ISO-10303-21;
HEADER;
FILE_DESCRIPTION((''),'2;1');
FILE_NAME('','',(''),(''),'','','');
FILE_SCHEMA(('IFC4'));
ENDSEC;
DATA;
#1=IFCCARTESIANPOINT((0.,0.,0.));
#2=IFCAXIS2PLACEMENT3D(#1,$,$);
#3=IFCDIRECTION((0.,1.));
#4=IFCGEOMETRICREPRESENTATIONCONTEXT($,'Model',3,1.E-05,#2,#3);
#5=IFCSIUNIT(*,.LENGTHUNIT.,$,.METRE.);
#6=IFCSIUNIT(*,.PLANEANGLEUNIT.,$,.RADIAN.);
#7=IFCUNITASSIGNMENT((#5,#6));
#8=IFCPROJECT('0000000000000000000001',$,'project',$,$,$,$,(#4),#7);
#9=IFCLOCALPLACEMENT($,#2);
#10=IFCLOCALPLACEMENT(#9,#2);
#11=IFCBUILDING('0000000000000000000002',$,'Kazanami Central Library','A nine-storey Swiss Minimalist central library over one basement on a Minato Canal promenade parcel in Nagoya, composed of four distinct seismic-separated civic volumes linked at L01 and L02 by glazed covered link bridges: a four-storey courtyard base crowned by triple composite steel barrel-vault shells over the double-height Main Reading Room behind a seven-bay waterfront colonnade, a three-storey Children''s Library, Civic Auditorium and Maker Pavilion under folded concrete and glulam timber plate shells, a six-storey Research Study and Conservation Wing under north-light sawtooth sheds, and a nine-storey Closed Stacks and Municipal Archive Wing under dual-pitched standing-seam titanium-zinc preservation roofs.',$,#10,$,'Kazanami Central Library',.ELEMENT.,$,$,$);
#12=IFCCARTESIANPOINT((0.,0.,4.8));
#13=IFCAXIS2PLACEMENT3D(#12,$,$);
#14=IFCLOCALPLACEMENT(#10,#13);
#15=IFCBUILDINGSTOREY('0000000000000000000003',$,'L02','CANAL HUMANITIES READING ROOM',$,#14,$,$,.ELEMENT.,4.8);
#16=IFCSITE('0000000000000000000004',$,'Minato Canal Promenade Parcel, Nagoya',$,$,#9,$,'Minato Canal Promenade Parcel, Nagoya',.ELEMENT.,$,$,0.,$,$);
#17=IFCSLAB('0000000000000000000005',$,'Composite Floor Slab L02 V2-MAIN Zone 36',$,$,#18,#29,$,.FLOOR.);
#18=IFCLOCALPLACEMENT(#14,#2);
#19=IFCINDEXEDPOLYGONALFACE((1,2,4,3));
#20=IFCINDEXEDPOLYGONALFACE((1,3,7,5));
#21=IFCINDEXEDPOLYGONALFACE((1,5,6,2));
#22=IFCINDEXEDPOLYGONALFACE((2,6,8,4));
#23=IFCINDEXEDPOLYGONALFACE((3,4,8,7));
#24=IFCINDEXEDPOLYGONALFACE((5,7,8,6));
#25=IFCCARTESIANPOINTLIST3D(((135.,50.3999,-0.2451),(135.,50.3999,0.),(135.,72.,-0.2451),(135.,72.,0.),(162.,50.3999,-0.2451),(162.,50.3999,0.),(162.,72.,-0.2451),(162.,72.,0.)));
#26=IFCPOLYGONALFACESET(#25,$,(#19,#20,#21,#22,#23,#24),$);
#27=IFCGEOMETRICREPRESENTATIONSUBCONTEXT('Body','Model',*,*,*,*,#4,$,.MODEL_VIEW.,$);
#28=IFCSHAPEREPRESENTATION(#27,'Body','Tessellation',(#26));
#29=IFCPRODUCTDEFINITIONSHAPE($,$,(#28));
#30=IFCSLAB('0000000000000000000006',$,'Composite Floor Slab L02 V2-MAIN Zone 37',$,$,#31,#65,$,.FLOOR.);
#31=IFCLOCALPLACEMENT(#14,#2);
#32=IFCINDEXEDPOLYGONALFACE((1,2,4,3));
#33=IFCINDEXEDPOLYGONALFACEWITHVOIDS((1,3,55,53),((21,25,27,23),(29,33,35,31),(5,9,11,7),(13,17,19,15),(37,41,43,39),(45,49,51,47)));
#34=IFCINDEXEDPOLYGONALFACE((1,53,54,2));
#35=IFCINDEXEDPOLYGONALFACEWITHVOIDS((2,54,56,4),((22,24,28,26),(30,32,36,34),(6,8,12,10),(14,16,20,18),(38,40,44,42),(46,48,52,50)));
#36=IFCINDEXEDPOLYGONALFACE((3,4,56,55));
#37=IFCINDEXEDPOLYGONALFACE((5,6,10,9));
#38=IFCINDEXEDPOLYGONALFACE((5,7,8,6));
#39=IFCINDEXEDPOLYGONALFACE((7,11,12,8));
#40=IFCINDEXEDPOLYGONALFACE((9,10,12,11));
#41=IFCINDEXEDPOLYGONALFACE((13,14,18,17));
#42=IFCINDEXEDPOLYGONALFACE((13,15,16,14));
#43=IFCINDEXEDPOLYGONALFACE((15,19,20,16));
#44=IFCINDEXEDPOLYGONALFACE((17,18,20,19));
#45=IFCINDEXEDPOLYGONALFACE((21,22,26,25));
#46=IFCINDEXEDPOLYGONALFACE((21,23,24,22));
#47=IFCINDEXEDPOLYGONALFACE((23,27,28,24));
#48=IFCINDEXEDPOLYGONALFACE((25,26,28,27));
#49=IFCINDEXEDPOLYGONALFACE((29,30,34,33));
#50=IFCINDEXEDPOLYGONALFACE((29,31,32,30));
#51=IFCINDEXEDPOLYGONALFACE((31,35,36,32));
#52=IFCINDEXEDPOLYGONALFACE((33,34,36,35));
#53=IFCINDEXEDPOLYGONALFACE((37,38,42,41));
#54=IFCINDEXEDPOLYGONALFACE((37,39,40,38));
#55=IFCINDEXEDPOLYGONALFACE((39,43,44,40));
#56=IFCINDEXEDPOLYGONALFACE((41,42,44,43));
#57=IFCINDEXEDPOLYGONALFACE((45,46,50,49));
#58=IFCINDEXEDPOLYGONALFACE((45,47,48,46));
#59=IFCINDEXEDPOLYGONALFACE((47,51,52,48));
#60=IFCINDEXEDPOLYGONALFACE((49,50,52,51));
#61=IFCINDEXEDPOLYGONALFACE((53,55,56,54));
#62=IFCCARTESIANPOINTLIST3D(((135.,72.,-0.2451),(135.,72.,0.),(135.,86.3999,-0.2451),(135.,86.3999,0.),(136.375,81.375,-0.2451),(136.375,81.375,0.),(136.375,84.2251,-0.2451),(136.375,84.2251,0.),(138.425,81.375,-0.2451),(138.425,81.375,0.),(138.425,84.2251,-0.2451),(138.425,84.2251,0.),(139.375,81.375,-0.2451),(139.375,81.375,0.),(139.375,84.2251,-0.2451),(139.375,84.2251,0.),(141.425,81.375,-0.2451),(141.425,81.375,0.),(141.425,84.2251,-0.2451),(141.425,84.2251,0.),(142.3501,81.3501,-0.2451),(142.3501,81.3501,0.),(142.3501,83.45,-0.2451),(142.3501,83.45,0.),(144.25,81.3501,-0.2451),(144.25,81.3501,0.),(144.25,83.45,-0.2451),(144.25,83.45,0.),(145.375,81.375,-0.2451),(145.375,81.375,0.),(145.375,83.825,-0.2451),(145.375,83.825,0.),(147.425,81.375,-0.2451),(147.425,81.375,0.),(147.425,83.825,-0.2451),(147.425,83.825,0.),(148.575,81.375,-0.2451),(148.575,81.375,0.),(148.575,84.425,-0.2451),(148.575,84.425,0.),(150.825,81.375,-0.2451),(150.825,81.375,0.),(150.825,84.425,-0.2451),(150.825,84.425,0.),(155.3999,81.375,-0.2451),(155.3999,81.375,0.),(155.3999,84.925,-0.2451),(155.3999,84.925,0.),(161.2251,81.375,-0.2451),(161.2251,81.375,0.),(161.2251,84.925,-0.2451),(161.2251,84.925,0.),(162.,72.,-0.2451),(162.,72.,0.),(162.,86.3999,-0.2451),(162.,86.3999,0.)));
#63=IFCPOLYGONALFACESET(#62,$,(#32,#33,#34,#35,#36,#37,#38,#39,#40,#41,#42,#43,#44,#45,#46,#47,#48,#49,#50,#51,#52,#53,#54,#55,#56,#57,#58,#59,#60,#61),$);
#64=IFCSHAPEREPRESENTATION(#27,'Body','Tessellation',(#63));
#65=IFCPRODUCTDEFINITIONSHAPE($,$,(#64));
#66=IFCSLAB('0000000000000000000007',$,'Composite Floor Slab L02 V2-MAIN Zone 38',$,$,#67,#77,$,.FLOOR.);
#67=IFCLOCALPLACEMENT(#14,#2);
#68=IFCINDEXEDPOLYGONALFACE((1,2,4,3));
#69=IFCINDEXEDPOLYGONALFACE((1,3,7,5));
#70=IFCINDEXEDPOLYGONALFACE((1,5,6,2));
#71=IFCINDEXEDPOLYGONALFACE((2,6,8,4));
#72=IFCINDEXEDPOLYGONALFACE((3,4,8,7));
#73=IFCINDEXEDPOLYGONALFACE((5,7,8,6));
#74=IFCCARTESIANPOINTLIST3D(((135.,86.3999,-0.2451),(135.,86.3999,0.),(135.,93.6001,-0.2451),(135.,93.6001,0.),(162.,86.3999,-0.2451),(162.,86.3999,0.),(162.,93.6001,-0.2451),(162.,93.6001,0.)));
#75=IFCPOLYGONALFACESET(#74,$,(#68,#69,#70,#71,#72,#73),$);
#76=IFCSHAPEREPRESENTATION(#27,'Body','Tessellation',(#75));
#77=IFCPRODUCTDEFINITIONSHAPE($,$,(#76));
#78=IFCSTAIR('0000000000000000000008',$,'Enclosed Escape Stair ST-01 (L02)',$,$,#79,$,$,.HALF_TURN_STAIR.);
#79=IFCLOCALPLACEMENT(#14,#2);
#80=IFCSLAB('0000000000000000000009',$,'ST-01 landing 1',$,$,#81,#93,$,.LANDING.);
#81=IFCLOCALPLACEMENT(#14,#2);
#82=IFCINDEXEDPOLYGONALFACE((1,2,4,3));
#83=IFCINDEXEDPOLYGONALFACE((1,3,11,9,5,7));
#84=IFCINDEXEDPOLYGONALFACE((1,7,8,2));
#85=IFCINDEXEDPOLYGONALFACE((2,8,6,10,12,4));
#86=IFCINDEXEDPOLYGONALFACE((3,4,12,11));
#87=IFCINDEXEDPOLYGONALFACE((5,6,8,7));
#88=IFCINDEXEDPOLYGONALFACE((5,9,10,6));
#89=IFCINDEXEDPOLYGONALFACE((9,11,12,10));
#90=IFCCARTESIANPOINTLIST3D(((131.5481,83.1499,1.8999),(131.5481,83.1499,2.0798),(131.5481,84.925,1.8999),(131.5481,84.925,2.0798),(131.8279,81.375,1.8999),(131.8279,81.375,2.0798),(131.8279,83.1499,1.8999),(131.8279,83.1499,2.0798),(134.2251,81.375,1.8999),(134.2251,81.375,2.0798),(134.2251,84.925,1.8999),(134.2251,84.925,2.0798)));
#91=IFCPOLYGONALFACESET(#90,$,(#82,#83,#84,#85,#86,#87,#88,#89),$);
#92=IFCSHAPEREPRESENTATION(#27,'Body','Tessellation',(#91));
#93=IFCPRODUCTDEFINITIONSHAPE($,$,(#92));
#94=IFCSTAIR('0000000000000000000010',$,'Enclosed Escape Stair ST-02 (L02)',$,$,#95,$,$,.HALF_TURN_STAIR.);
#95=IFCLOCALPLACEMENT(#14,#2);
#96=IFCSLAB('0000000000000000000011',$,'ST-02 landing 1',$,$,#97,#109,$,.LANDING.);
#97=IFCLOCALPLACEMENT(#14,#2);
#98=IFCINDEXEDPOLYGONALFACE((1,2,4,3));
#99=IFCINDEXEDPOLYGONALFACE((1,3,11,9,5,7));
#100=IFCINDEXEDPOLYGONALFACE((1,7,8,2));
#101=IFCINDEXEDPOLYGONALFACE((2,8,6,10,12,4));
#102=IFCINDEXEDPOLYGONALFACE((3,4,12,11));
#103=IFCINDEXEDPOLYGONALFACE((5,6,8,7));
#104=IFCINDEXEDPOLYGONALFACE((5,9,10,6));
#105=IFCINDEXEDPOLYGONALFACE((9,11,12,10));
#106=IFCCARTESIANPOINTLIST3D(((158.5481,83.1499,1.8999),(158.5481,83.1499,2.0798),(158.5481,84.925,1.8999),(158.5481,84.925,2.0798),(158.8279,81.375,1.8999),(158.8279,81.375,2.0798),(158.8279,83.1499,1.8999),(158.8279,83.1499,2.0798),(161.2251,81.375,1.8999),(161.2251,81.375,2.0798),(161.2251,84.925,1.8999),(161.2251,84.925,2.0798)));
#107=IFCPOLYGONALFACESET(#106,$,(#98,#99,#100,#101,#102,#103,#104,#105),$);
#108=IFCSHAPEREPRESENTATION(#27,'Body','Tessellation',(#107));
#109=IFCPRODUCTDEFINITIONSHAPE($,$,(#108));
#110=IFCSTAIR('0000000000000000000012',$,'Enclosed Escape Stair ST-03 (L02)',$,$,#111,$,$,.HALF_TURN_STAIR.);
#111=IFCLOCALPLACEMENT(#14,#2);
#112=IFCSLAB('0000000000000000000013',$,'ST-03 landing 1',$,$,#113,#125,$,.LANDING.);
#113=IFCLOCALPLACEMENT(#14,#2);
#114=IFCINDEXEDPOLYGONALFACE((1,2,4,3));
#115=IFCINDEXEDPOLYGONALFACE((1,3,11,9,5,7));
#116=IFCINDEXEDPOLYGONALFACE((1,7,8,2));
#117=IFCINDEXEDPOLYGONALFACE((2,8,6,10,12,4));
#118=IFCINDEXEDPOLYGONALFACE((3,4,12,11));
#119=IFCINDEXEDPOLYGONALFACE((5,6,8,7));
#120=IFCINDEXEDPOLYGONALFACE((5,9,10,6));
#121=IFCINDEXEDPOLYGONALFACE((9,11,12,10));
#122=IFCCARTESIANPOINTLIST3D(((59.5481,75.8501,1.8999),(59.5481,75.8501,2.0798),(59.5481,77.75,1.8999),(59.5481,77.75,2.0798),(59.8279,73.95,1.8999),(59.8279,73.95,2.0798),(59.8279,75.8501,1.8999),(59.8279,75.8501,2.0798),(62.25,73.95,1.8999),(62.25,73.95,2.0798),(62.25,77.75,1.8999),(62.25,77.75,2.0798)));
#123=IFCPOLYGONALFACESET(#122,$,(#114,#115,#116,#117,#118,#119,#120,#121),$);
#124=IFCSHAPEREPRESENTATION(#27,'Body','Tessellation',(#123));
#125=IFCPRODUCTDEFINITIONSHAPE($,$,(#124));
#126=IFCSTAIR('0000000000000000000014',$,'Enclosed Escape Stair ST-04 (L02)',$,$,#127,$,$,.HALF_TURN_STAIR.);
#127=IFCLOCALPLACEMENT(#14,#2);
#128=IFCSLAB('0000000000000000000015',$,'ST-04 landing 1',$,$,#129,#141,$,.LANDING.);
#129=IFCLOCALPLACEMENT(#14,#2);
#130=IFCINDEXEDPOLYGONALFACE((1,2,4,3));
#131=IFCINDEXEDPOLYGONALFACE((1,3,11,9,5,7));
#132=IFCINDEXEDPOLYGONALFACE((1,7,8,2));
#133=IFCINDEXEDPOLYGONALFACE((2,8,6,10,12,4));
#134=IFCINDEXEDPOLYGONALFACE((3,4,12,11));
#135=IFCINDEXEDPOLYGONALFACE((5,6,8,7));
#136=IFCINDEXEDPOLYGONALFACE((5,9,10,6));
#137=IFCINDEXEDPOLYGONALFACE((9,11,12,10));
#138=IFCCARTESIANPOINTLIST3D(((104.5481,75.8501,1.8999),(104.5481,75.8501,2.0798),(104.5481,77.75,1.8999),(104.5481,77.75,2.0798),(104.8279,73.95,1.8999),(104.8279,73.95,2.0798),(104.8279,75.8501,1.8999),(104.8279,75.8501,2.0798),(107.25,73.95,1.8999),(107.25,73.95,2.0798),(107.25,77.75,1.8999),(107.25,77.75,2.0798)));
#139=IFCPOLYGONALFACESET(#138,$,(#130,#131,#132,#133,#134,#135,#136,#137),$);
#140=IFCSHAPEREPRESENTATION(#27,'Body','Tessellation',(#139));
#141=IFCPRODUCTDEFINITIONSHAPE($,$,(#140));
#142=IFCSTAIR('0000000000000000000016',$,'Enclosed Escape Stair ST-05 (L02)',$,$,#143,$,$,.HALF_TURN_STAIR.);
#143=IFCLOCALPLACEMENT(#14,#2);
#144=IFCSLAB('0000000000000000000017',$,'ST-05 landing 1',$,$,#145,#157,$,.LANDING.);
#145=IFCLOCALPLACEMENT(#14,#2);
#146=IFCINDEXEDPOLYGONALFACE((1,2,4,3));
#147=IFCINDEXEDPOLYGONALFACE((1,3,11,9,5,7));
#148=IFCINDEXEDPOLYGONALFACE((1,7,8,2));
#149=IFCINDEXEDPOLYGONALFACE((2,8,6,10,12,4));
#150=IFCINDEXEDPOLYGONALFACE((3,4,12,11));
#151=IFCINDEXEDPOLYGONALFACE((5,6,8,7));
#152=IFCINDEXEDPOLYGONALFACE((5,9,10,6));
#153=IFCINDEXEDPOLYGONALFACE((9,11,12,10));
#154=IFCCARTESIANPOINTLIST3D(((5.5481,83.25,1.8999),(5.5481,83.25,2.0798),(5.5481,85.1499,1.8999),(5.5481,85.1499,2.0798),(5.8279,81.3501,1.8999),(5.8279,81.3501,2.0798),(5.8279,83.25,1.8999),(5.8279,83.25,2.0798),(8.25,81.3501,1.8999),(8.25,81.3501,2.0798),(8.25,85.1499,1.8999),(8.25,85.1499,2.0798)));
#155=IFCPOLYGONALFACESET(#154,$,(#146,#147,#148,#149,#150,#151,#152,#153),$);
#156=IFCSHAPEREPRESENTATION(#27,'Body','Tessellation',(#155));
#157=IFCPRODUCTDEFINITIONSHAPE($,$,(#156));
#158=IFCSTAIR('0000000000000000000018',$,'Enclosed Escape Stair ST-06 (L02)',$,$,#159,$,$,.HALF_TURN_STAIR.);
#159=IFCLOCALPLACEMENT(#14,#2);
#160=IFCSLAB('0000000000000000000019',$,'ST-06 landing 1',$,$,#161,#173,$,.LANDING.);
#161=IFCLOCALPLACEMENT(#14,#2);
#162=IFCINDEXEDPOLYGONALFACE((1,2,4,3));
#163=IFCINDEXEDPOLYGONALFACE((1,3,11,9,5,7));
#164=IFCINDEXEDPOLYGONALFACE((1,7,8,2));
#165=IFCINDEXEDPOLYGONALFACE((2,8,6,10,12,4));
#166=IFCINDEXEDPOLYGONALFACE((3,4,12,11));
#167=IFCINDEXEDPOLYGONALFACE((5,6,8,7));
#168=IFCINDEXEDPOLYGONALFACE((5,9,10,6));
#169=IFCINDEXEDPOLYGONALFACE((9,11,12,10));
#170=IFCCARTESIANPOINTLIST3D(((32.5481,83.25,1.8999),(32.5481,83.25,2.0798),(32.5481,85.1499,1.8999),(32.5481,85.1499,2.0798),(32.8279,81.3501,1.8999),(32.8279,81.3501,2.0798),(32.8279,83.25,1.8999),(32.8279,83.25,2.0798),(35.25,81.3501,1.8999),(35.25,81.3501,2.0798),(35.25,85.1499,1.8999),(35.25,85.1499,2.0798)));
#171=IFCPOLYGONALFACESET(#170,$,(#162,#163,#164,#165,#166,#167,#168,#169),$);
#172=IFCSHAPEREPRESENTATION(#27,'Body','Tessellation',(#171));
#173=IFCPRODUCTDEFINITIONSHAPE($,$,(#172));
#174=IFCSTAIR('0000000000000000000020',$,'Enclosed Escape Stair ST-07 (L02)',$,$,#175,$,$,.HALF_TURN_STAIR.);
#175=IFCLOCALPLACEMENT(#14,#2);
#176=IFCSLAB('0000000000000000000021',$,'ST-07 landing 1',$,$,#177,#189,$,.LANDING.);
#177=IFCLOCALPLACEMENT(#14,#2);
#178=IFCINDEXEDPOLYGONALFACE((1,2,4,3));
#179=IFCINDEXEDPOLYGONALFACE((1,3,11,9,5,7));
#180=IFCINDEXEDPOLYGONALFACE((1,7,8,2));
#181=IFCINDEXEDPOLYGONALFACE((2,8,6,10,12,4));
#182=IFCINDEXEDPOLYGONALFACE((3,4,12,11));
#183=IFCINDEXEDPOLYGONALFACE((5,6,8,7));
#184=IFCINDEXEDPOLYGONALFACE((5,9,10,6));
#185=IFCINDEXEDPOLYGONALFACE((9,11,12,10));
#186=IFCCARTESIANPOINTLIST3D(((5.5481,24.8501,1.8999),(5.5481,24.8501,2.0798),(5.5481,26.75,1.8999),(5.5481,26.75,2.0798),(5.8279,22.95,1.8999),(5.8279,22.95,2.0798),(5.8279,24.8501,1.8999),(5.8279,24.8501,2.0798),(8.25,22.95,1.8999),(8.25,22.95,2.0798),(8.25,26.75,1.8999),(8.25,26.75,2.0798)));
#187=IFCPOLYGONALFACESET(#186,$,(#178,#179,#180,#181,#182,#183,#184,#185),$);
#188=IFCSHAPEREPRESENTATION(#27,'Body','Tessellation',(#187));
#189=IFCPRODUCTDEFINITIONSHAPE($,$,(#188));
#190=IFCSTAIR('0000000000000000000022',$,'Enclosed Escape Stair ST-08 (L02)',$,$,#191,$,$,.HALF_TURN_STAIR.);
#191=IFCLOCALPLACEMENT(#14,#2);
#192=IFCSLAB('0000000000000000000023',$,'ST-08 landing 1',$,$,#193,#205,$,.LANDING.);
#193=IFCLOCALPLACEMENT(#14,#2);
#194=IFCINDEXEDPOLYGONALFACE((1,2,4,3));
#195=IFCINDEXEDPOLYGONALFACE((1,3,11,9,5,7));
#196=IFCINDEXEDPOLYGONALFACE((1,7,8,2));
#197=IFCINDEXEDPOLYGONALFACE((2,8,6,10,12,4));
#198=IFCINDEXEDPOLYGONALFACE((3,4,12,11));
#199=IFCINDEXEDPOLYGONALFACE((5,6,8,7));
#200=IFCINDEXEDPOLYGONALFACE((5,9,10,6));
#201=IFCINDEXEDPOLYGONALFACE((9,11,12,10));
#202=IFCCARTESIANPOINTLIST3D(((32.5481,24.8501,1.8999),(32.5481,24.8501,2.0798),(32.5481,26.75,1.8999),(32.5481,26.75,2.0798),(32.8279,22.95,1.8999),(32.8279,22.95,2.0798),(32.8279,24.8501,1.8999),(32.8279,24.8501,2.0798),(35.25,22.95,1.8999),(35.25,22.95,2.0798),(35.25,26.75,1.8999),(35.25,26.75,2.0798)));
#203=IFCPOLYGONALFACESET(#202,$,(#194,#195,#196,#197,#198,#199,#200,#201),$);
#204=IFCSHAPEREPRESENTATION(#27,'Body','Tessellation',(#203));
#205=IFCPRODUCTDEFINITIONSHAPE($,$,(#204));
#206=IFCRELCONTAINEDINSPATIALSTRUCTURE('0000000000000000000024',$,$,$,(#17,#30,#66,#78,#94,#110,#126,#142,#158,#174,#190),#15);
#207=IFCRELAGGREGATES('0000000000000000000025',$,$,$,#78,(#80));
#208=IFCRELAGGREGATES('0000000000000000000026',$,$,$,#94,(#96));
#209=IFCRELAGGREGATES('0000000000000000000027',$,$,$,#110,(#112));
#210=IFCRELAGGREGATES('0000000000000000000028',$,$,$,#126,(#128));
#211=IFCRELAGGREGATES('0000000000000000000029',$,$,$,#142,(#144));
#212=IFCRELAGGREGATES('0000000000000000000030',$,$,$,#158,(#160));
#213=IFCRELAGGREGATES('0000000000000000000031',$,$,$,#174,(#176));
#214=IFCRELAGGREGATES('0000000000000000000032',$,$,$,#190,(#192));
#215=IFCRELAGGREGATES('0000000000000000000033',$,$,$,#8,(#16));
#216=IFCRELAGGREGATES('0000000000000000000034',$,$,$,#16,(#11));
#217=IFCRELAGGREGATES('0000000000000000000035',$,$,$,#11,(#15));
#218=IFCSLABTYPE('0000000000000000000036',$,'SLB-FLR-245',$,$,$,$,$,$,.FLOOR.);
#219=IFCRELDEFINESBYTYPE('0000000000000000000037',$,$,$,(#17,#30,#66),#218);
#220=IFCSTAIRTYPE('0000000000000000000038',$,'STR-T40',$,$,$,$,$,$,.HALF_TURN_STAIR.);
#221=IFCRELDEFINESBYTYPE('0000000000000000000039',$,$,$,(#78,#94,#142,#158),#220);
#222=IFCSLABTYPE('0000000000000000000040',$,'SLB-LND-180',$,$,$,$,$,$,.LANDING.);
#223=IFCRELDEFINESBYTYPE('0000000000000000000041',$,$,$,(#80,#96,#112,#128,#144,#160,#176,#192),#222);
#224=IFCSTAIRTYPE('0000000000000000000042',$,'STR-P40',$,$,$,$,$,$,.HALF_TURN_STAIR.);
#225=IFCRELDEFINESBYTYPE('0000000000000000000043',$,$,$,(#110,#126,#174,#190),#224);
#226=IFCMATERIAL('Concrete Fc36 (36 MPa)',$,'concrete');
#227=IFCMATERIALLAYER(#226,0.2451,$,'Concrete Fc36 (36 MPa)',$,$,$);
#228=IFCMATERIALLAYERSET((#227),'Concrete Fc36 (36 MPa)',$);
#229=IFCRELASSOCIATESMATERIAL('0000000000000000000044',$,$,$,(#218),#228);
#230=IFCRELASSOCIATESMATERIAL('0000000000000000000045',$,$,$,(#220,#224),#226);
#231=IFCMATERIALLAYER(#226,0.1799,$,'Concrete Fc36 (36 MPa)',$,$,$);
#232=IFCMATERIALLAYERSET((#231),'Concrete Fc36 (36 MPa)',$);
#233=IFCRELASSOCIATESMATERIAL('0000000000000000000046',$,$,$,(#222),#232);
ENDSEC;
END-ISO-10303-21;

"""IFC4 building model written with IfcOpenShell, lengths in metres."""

from ifc_helpers import new_model, si_unit, direction, frame, origin, place, context, subcontext, project, spatial, polyline, outline, extrude, material, layer, layer_set, type_object, element, aggregate, save


model = new_model("IFC4")

# Units and contexts
model_context = context("Model", 3, precision=1e-05, world=origin(), true_north=direction((0.0, 1.0)))
body_context = subcontext(model_context, "Body", "Model", "MODEL_VIEW")
ifc_project = project(units=[si_unit("LENGTHUNIT", "METRE"), si_unit("PLANEANGLEUNIT", "RADIAN")], contexts=[model_context])

# Site, building, storey
site_placement = place(None, origin())
site = spatial("IfcSite", under=ifc_project, at=site_placement, Name="Minato Canal Promenade Parcel, Nagoya", LongName="Minato Canal Promenade Parcel, Nagoya", CompositionType="ELEMENT", RefElevation=0.0)
building_placement = place(site_placement, origin())
building = spatial("IfcBuilding", under=site, at=building_placement, Name="Kazanami Central Library", Description="A nine-storey Swiss Minimalist central library over one basement on a Minato Canal promenade parcel in Nagoya, composed of four distinct seismic-separated civic volumes linked at L01 and L02 by glazed covered link bridges: a four-storey courtyard base crowned by triple composite steel barrel-vault shells over the double-height Main Reading Room behind a seven-bay waterfront colonnade, a three-storey Children's Library, Civic Auditorium and Maker Pavilion under folded concrete and glulam timber plate shells, a six-storey Research Study and Conservation Wing under north-light sawtooth sheds, and a nine-storey Closed Stacks and Municipal Archive Wing under dual-pitched standing-seam titanium-zinc preservation roofs.", LongName="Kazanami Central Library", CompositionType="ELEMENT")
storey_placement = place(building_placement, frame((0.0, 0.0, 4.8)))
storey = spatial("IfcBuildingStorey", under=building, at=storey_placement, Name="L02", Description="CANAL HUMANITIES READING ROOM", CompositionType="ELEMENT", Elevation=4.8)

# Slabs
ifc_material_1 = material(Name="Concrete Fc36 (36 MPa)", Category="concrete")
ifc_layer_1 = layer(ifc_material_1, 0.2451, Name="Concrete Fc36 (36 MPa)")
ifc_layer_set_1 = layer_set([ifc_layer_1], Name="Concrete Fc36 (36 MPa)")
slab_type_1 = type_object("IfcSlabType", Name="SLB-FLR-245", PredefinedType="FLOOR", material=ifc_layer_set_1)
slab_1_placement = place(storey_placement, frame((0.0, 0.0, -0.2451)))
element("IfcSlab", 1, at=slab_1_placement, inside=storey, type_object=slab_type_1, Name="Composite Floor Slab L02 V2-MAIN Zone 36", PredefinedType="FLOOR", context=body_context, shape_type="SweptSolid", body=[
    extrude(outline(polyline([(135.0, 50.3999), (162.0, 50.3999), (162.0, 72.0), (135.0, 72.0), (135.0, 50.3999)])), origin(), (0.0, 0.0, 1.0), 0.2451),
])
slab_2_placement = place(storey_placement, frame((0.0, 0.0, -0.2451)))
element("IfcSlab", 2, at=slab_2_placement, inside=storey, type_object=slab_type_1, Name="Composite Floor Slab L02 V2-MAIN Zone 37", PredefinedType="FLOOR", context=body_context, shape_type="SweptSolid", body=[
    extrude(outline(polyline([(135.0, 72.0), (162.0, 72.0), (162.0, 86.3999), (135.0, 86.3999), (135.0, 72.0)]), holes=[polyline([(155.3999, 81.375), (161.2251, 81.375), (161.2251, 84.925), (155.3999, 84.925), (155.3999, 81.375)]), polyline([(136.375, 81.375), (138.425, 81.375), (138.425, 84.2251), (136.375, 84.2251), (136.375, 81.375)]), polyline([(139.375, 81.375), (141.425, 81.375), (141.425, 84.2251), (139.375, 84.2251), (139.375, 81.375)]), polyline([(145.375, 81.375), (147.425, 81.375), (147.425, 83.825), (145.375, 83.825), (145.375, 81.375)]), polyline([(148.575, 81.375), (150.825, 81.375), (150.825, 84.425), (148.575, 84.425), (148.575, 81.375)]), polyline([(142.3501, 81.3501), (144.25, 81.3501), (144.25, 83.45), (142.3501, 83.45), (142.3501, 81.3501)])]), origin(), (0.0, 0.0, 1.0), 0.2451),
])
slab_3_placement = place(storey_placement, frame((0.0, 0.0, -0.2451)))
element("IfcSlab", 3, at=slab_3_placement, inside=storey, type_object=slab_type_1, Name="Composite Floor Slab L02 V2-MAIN Zone 38", PredefinedType="FLOOR", context=body_context, shape_type="SweptSolid", body=[
    extrude(outline(polyline([(135.0, 86.3999), (162.0, 86.3999), (162.0, 93.6001), (135.0, 93.6001), (135.0, 86.3999)])), origin(), (0.0, 0.0, 1.0), 0.2451),
])

# Stairs, slabs
stair_type_1 = type_object("IfcStairType", Name="STR-T40", PredefinedType="HALF_TURN_STAIR", material=ifc_material_1)
stair_1_placement = place(storey_placement, origin())
stair_1 = element("IfcStair", 4, at=stair_1_placement, inside=storey, type_object=stair_type_1, Name="Enclosed Escape Stair ST-01 (L02)", PredefinedType="HALF_TURN_STAIR")
ifc_layer_2 = layer(ifc_material_1, 0.1799, Name="Concrete Fc36 (36 MPa)")
ifc_layer_set_2 = layer_set([ifc_layer_2], Name="Concrete Fc36 (36 MPa)")
slab_type_2 = type_object("IfcSlabType", Name="SLB-LND-180", PredefinedType="LANDING", material=ifc_layer_set_2)
slab_4_placement = place(storey_placement, frame((0.0, 0.0, 1.8999)))
slab_4 = element("IfcSlab", 5, at=slab_4_placement, type_object=slab_type_2, Name="ST-01 landing 1", PredefinedType="LANDING", context=body_context, shape_type="SweptSolid", body=[
    extrude(outline(polyline([(131.8279, 81.375), (134.2251, 81.375), (134.2251, 84.925), (131.5481, 84.925), (131.5481, 83.1499), (131.8279, 83.1499), (131.8279, 81.375)])), origin(), (0.0, 0.0, 1.0), 0.1799),
])
aggregate(stair_1, [slab_4])
stair_2_placement = place(storey_placement, origin())
stair_2 = element("IfcStair", 6, at=stair_2_placement, inside=storey, type_object=stair_type_1, Name="Enclosed Escape Stair ST-02 (L02)", PredefinedType="HALF_TURN_STAIR")
slab_5_placement = place(storey_placement, frame((0.0, 0.0, 1.8999)))
slab_5 = element("IfcSlab", 7, at=slab_5_placement, type_object=slab_type_2, Name="ST-02 landing 1", PredefinedType="LANDING", context=body_context, shape_type="SweptSolid", body=[
    extrude(outline(polyline([(158.8279, 81.375), (161.2251, 81.375), (161.2251, 84.925), (158.5481, 84.925), (158.5481, 83.1499), (158.8279, 83.1499), (158.8279, 81.375)])), origin(), (0.0, 0.0, 1.0), 0.1799),
])
aggregate(stair_2, [slab_5])
stair_type_2 = type_object("IfcStairType", Name="STR-P40", PredefinedType="HALF_TURN_STAIR", material=ifc_material_1)
stair_3_placement = place(storey_placement, origin())
stair_3 = element("IfcStair", 8, at=stair_3_placement, inside=storey, type_object=stair_type_2, Name="Enclosed Escape Stair ST-03 (L02)", PredefinedType="HALF_TURN_STAIR")
slab_6_placement = place(storey_placement, frame((0.0, 0.0, 1.8999)))
slab_6 = element("IfcSlab", 9, at=slab_6_placement, type_object=slab_type_2, Name="ST-03 landing 1", PredefinedType="LANDING", context=body_context, shape_type="SweptSolid", body=[
    extrude(outline(polyline([(59.8279, 73.95), (62.25, 73.95), (62.25, 77.75), (59.5481, 77.75), (59.5481, 75.8501), (59.8279, 75.8501), (59.8279, 73.95)])), origin(), (0.0, 0.0, 1.0), 0.1799),
])
aggregate(stair_3, [slab_6])
stair_4_placement = place(storey_placement, origin())
stair_4 = element("IfcStair", 10, at=stair_4_placement, inside=storey, type_object=stair_type_2, Name="Enclosed Escape Stair ST-04 (L02)", PredefinedType="HALF_TURN_STAIR")
slab_7_placement = place(storey_placement, frame((0.0, 0.0, 1.8999)))
slab_7 = element("IfcSlab", 11, at=slab_7_placement, type_object=slab_type_2, Name="ST-04 landing 1", PredefinedType="LANDING", context=body_context, shape_type="SweptSolid", body=[
    extrude(outline(polyline([(104.8279, 73.95), (107.25, 73.95), (107.25, 77.75), (104.5481, 77.75), (104.5481, 75.8501), (104.8279, 75.8501), (104.8279, 73.95)])), origin(), (0.0, 0.0, 1.0), 0.1799),
])
aggregate(stair_4, [slab_7])
stair_5_placement = place(storey_placement, origin())
stair_5 = element("IfcStair", 12, at=stair_5_placement, inside=storey, type_object=stair_type_1, Name="Enclosed Escape Stair ST-05 (L02)", PredefinedType="HALF_TURN_STAIR")
slab_8_placement = place(storey_placement, frame((0.0, 0.0, 1.8999)))
slab_8 = element("IfcSlab", 13, at=slab_8_placement, type_object=slab_type_2, Name="ST-05 landing 1", PredefinedType="LANDING", context=body_context, shape_type="SweptSolid", body=[
    extrude(outline(polyline([(5.8279, 81.3501), (8.25, 81.3501), (8.25, 85.1499), (5.5481, 85.1499), (5.5481, 83.25), (5.8279, 83.25), (5.8279, 81.3501)])), origin(), (0.0, 0.0, 1.0), 0.1799),
])
aggregate(stair_5, [slab_8])
stair_6_placement = place(storey_placement, origin())
stair_6 = element("IfcStair", 14, at=stair_6_placement, inside=storey, type_object=stair_type_1, Name="Enclosed Escape Stair ST-06 (L02)", PredefinedType="HALF_TURN_STAIR")
slab_9_placement = place(storey_placement, frame((0.0, 0.0, 1.8999)))
slab_9 = element("IfcSlab", 15, at=slab_9_placement, type_object=slab_type_2, Name="ST-06 landing 1", PredefinedType="LANDING", context=body_context, shape_type="SweptSolid", body=[
    extrude(outline(polyline([(32.8279, 81.3501), (35.25, 81.3501), (35.25, 85.1499), (32.5481, 85.1499), (32.5481, 83.25), (32.8279, 83.25), (32.8279, 81.3501)])), origin(), (0.0, 0.0, 1.0), 0.1799),
])
aggregate(stair_6, [slab_9])
stair_7_placement = place(storey_placement, origin())
stair_7 = element("IfcStair", 16, at=stair_7_placement, inside=storey, type_object=stair_type_2, Name="Enclosed Escape Stair ST-07 (L02)", PredefinedType="HALF_TURN_STAIR")
slab_10_placement = place(storey_placement, frame((0.0, 0.0, 1.8999)))
slab_10 = element("IfcSlab", 17, at=slab_10_placement, type_object=slab_type_2, Name="ST-07 landing 1", PredefinedType="LANDING", context=body_context, shape_type="SweptSolid", body=[
    extrude(outline(polyline([(5.8279, 22.95), (8.25, 22.95), (8.25, 26.75), (5.5481, 26.75), (5.5481, 24.8501), (5.8279, 24.8501), (5.8279, 22.95)])), origin(), (0.0, 0.0, 1.0), 0.1799),
])
aggregate(stair_7, [slab_10])
stair_8_placement = place(storey_placement, origin())
stair_8 = element("IfcStair", 18, at=stair_8_placement, inside=storey, type_object=stair_type_2, Name="Enclosed Escape Stair ST-08 (L02)", PredefinedType="HALF_TURN_STAIR")
slab_11_placement = place(storey_placement, frame((0.0, 0.0, 1.8999)))
slab_11 = element("IfcSlab", 19, at=slab_11_placement, type_object=slab_type_2, Name="ST-08 landing 1", PredefinedType="LANDING", context=body_context, shape_type="SweptSolid", body=[
    extrude(outline(polyline([(32.8279, 22.95), (35.25, 22.95), (35.25, 26.75), (32.5481, 26.75), (32.5481, 24.8501), (32.8279, 24.8501), (32.8279, 22.95)])), origin(), (0.0, 0.0, 1.0), 0.1799),
])
aggregate(stair_8, [slab_11])

save(model, "model.ifc")
